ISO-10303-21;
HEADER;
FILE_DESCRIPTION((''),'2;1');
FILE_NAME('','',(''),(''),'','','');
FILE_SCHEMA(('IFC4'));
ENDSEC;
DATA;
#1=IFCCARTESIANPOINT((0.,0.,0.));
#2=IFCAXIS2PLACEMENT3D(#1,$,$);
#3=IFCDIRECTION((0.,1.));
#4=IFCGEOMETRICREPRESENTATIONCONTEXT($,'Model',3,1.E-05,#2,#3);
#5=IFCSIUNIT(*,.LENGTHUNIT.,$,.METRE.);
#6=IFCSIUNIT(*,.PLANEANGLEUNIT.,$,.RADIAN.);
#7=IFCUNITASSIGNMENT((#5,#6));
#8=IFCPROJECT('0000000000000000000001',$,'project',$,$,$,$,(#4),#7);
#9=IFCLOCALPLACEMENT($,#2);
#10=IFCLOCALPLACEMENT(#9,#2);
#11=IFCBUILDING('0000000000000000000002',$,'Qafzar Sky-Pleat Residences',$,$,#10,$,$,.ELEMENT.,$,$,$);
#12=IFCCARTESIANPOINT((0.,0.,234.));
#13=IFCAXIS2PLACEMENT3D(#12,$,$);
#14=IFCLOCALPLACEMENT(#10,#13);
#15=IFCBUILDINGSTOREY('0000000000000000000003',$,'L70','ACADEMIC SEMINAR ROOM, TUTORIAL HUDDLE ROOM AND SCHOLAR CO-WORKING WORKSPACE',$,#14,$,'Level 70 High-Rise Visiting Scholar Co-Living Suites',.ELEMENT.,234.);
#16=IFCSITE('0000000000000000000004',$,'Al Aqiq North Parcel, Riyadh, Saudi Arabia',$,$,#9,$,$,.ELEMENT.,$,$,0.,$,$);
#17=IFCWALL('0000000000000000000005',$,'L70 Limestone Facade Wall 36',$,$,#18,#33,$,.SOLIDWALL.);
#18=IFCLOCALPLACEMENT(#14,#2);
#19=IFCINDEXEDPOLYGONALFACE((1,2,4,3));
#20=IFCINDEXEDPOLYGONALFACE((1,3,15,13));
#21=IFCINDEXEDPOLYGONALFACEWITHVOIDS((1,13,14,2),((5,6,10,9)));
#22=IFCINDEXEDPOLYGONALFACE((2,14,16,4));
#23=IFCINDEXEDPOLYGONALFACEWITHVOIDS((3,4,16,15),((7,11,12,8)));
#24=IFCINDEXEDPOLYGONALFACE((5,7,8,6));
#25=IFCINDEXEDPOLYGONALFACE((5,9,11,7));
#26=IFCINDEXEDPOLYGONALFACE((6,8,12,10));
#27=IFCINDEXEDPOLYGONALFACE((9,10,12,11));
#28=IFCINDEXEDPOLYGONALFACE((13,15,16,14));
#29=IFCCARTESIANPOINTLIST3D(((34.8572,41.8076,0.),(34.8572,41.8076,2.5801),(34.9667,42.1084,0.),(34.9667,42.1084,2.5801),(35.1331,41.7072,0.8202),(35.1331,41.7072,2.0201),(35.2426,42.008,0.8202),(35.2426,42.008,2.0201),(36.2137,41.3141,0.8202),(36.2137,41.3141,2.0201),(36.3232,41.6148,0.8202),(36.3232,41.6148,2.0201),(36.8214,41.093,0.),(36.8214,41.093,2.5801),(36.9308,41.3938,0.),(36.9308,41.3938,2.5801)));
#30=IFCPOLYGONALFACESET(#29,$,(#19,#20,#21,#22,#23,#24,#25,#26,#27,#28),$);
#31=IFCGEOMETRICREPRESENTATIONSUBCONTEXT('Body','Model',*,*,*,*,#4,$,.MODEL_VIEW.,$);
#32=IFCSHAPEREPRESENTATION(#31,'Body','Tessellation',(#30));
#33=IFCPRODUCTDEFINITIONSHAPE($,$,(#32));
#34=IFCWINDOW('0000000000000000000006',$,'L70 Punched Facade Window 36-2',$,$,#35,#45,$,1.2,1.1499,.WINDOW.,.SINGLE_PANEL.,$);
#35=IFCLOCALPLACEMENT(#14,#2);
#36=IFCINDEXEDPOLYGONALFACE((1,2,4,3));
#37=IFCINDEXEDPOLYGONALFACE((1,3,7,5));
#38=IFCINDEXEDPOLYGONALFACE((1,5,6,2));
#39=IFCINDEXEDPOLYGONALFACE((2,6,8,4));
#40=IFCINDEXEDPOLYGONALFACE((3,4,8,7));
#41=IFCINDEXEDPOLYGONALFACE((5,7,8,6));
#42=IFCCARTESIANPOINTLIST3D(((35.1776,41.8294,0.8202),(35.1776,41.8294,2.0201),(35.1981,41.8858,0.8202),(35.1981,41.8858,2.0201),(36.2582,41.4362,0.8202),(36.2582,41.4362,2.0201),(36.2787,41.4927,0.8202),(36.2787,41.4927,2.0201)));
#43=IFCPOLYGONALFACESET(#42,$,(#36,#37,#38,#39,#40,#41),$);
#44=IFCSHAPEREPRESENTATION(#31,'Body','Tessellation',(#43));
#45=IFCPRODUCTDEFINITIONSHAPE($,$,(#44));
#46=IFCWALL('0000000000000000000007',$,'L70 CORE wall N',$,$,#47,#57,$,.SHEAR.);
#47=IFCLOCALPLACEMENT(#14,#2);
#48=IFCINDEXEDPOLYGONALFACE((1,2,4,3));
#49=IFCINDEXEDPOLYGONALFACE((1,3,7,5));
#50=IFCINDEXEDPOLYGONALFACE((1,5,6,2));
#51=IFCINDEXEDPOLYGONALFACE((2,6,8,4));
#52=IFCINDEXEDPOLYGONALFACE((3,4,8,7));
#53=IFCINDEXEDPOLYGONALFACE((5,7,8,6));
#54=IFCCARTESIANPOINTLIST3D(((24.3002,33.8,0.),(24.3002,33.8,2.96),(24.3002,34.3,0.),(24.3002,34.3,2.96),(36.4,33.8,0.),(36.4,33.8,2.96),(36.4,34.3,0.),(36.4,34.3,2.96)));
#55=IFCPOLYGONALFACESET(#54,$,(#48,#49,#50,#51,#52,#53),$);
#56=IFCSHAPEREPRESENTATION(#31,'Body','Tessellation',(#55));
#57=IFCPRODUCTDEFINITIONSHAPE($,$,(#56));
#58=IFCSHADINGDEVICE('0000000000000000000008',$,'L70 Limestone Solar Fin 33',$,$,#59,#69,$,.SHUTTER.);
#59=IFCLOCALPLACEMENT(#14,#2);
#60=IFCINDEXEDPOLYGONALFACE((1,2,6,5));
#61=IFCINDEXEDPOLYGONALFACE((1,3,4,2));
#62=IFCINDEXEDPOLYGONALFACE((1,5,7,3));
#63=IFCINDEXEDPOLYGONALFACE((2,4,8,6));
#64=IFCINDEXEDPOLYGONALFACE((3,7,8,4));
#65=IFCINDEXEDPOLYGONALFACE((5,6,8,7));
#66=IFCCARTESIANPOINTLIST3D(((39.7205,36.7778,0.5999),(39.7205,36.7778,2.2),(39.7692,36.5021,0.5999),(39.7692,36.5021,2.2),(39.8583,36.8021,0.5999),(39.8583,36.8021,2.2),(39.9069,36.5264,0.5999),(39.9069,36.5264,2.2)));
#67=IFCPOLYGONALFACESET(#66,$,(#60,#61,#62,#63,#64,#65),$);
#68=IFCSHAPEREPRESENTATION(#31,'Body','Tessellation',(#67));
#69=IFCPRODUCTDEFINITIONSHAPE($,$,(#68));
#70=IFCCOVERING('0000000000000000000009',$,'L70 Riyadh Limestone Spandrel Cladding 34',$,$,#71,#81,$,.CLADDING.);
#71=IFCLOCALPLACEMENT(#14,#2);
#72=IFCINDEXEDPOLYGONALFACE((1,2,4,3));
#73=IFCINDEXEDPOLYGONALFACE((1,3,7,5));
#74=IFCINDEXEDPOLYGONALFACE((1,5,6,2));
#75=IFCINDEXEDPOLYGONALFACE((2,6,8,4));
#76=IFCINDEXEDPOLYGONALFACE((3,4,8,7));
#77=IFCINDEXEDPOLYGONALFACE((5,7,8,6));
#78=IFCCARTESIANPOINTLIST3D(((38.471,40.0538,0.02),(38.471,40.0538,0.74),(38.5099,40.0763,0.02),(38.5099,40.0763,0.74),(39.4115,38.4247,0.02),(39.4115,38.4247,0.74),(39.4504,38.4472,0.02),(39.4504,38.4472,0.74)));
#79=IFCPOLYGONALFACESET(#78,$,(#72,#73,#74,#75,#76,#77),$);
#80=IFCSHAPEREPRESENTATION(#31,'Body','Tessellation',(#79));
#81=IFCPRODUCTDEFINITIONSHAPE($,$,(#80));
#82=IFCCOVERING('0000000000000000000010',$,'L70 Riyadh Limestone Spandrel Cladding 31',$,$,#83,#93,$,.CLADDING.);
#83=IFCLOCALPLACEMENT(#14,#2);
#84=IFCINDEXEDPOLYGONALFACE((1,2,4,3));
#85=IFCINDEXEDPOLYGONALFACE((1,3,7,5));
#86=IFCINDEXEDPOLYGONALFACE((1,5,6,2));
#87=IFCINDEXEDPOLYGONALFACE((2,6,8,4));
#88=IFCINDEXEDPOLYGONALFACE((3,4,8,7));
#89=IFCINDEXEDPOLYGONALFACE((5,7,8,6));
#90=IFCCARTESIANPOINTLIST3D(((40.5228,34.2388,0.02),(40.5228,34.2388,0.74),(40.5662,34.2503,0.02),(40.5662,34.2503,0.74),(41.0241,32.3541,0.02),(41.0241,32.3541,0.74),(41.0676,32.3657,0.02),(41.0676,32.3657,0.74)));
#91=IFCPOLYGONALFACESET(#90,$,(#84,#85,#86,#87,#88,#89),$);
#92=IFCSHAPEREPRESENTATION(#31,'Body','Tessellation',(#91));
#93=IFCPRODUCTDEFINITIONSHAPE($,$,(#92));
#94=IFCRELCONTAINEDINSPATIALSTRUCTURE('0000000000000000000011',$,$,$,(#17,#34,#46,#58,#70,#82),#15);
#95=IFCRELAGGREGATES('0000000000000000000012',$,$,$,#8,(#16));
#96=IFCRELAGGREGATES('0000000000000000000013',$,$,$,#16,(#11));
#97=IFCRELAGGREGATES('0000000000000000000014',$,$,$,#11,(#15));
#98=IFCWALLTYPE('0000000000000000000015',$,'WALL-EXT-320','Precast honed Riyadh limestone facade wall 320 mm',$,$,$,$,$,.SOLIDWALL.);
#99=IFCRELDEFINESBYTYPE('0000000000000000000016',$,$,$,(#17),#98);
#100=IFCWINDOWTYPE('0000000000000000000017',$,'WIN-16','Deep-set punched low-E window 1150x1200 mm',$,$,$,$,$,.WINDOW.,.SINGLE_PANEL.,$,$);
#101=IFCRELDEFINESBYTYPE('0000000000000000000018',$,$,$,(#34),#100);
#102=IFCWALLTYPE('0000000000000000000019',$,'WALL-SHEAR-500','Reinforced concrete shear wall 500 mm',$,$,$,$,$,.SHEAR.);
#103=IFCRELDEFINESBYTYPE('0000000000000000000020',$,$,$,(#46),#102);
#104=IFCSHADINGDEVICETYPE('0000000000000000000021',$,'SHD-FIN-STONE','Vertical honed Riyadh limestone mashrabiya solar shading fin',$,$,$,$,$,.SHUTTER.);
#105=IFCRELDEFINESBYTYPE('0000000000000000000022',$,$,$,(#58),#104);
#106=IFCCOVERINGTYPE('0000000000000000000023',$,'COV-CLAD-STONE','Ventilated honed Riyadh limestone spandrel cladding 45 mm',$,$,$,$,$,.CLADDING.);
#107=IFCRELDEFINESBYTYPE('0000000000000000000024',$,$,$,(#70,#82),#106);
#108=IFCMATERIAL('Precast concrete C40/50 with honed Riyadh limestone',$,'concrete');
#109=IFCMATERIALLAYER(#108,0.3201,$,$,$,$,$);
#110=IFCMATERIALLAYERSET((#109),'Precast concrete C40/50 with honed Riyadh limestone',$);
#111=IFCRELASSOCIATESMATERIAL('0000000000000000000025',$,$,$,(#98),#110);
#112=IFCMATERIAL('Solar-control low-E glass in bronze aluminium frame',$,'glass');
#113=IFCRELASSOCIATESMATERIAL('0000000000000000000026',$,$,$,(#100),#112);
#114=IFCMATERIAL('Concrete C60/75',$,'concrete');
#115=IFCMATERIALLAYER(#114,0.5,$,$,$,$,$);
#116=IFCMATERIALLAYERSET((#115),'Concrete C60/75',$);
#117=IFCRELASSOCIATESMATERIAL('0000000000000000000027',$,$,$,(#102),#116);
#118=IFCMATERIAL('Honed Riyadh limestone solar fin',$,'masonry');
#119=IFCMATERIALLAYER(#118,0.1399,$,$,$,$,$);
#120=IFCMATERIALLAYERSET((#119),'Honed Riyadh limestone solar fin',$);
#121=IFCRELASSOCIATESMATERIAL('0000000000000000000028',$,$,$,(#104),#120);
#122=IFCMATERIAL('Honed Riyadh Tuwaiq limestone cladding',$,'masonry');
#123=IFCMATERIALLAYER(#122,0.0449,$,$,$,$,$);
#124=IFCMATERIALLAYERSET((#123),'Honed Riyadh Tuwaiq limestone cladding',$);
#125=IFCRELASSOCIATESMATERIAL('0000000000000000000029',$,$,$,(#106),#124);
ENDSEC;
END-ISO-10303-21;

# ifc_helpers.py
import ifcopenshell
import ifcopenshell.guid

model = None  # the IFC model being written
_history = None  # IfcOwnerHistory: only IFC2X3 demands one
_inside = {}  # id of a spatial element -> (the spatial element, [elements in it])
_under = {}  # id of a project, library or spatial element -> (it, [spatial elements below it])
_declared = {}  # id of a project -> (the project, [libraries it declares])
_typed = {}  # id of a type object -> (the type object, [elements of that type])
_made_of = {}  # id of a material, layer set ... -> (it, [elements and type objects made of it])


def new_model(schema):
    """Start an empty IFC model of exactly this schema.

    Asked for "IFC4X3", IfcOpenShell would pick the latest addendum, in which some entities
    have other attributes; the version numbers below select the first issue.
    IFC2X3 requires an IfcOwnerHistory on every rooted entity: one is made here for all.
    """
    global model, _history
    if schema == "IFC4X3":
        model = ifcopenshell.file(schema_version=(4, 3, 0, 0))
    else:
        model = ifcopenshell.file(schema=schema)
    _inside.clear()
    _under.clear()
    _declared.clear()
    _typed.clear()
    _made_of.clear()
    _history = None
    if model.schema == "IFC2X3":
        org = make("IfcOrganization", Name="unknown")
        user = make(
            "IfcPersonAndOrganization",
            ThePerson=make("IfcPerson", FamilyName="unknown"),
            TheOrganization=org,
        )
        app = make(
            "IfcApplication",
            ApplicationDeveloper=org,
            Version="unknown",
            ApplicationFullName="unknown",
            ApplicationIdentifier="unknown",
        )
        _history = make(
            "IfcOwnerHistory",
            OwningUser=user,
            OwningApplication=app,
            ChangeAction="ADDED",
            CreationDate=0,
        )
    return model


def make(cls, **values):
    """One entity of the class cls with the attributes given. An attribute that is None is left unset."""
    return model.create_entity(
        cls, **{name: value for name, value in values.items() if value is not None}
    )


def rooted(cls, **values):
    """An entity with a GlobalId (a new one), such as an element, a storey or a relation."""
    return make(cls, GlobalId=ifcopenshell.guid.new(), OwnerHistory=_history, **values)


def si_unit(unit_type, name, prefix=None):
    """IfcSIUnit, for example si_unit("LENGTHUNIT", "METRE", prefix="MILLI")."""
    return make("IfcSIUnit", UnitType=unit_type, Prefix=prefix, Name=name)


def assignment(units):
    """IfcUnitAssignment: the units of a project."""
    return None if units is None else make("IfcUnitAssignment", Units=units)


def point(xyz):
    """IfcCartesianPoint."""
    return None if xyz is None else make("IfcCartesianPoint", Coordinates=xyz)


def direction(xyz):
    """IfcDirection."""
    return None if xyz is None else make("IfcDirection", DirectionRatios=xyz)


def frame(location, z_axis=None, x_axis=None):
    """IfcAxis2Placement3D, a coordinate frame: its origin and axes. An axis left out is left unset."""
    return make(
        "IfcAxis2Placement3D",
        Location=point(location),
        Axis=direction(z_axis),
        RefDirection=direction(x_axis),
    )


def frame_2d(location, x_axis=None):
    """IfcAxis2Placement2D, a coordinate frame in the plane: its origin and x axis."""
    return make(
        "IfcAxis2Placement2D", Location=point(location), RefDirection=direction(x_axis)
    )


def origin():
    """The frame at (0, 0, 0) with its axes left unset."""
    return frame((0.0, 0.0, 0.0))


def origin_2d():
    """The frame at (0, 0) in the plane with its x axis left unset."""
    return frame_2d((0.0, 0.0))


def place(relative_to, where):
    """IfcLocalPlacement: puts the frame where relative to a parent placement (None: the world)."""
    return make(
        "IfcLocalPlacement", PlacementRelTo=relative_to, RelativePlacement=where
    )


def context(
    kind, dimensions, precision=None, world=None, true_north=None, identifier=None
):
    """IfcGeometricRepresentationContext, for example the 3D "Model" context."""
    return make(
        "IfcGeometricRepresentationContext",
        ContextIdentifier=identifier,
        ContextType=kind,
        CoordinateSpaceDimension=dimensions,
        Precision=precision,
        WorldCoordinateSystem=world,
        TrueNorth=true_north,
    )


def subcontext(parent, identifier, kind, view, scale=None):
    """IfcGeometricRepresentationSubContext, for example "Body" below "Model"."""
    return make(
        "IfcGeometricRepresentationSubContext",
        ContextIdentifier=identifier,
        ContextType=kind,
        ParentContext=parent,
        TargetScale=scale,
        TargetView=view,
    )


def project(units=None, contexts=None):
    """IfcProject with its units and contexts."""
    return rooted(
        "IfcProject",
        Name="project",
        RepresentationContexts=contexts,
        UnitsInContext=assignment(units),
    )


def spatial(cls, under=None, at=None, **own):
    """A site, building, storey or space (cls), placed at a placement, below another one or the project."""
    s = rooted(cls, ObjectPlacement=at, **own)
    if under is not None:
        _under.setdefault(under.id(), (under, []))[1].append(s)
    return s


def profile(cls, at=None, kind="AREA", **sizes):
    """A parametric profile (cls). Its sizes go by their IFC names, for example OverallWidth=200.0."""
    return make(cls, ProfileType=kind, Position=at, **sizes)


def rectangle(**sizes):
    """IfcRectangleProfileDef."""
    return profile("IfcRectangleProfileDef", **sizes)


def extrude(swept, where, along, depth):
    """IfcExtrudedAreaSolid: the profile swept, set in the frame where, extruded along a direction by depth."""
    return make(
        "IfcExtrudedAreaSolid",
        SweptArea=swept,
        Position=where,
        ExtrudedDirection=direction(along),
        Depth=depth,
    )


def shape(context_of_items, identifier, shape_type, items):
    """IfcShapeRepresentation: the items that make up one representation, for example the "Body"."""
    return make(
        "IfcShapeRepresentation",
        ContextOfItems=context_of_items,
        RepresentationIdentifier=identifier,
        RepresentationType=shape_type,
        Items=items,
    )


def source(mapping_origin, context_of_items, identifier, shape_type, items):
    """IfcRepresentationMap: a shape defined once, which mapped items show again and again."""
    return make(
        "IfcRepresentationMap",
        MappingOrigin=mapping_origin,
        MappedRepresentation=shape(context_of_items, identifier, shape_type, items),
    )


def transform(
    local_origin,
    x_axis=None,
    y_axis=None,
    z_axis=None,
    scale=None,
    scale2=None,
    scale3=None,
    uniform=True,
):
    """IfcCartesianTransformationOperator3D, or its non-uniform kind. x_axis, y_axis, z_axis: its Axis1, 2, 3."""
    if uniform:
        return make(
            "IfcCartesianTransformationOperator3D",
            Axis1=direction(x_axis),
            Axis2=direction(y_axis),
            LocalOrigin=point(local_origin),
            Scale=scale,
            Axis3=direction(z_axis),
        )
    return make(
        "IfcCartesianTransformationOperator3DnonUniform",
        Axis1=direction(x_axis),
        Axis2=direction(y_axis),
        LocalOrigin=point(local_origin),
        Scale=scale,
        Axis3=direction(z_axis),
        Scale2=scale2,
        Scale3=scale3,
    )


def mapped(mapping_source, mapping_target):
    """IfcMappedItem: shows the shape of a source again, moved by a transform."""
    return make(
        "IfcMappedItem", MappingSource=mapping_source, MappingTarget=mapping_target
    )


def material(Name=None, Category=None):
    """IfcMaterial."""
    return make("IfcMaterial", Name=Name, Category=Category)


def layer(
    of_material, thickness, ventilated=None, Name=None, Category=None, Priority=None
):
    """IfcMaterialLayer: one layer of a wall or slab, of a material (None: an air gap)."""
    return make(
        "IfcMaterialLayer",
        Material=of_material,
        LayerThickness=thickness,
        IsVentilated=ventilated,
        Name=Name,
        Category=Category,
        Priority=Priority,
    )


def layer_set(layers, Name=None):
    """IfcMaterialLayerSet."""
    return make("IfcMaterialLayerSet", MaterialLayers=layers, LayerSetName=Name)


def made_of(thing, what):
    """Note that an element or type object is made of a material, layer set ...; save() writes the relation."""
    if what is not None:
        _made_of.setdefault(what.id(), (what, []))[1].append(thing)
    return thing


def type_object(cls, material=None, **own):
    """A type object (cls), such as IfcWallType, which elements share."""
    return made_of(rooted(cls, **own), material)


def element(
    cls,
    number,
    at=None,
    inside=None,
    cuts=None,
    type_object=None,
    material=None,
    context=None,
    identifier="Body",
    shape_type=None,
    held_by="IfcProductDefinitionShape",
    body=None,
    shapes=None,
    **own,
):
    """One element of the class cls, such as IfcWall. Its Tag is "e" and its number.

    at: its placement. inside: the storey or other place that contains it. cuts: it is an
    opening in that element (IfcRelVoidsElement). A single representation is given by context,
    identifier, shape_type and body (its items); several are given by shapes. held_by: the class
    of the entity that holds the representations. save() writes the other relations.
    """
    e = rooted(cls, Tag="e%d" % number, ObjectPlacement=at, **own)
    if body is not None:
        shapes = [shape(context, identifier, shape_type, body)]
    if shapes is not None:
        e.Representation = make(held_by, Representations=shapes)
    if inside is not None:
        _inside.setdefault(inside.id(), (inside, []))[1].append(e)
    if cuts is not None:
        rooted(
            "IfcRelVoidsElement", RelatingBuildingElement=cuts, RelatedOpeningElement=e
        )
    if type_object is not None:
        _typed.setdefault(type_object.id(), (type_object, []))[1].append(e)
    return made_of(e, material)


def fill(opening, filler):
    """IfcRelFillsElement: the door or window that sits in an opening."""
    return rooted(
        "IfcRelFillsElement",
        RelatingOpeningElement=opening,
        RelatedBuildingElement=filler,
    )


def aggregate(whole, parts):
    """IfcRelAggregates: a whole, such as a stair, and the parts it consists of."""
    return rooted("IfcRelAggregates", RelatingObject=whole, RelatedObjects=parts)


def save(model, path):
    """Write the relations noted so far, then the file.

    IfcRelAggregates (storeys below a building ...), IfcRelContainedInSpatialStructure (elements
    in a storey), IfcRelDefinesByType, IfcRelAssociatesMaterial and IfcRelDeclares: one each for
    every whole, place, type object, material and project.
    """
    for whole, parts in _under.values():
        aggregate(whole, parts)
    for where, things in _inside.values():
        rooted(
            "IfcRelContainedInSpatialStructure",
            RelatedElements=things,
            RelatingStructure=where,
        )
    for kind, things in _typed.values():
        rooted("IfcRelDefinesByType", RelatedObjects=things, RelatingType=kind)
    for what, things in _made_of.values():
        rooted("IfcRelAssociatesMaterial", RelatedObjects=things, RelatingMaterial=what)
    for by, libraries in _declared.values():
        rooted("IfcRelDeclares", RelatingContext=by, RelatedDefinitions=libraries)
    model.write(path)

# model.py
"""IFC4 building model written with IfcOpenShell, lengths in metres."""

from ifc_helpers import new_model, si_unit, direction, frame, frame_2d, origin, origin_2d, place, context, subcontext, project, spatial, rectangle, extrude, source, transform, mapped, material, layer, layer_set, type_object, element, fill, save


model = new_model("IFC4")

# Units and contexts
model_context = context("Model", 3, precision=1e-05, world=origin(), true_north=direction((0.0, 1.0)))
body_context = subcontext(model_context, "Body", "Model", "MODEL_VIEW")
ifc_project = project(units=[si_unit("LENGTHUNIT", "METRE"), si_unit("PLANEANGLEUNIT", "RADIAN")], contexts=[model_context])

# Site, building, storey
site_placement = place(None, origin())
site = spatial("IfcSite", under=ifc_project, at=site_placement, Name="Al Aqiq North Parcel, Riyadh, Saudi Arabia", CompositionType="ELEMENT", RefElevation=0.0)
building_placement = place(site_placement, origin())
building = spatial("IfcBuilding", under=site, at=building_placement, Name="Qafzar Sky-Pleat Residences", CompositionType="ELEMENT")
storey_placement = place(building_placement, frame((0.0, 0.0, 234.0)))
storey = spatial("IfcBuildingStorey", under=building, at=storey_placement, Name="L70", Description="ACADEMIC SEMINAR ROOM, TUTORIAL HUDDLE ROOM AND SCHOLAR CO-WORKING WORKSPACE", LongName="Level 70 High-Rise Visiting Scholar Co-Living Suites", CompositionType="ELEMENT", Elevation=234.0)

# Wall, opening, window
ifc_material_1 = material(Name="Precast concrete C40/50 with honed Riyadh limestone", Category="concrete")
ifc_layer_1 = layer(ifc_material_1, 0.3201)
ifc_layer_set_1 = layer_set([ifc_layer_1], Name="Precast concrete C40/50 with honed Riyadh limestone")
wall_type_1 = type_object("IfcWallType", Name="WALL-EXT-320", Description="Precast honed Riyadh limestone facade wall 320 mm", PredefinedType="SOLIDWALL", material=ifc_layer_set_1)
ifc_material_2 = material(Name="Solar-control low-E glass in bronze aluminium frame", Category="glass")
wall_1_placement = place(storey_placement, frame((36.876, 41.2434, 0.0), z_axis=(0.0, 0.0, 1.0), x_axis=(-0.939735, 0.341902, 0.0)))
wall_1 = element("IfcWall", 1, at=wall_1_placement, inside=storey, type_object=wall_type_1, Name="L70 Limestone Facade Wall 36", PredefinedType="SOLIDWALL", context=body_context, shape_type="SweptSolid", body=[
    extrude(rectangle(XDim=2.0901, YDim=0.3201, at=frame_2d((1.0449, 0.0))), origin(), (0.0, 0.0, 1.0), 2.5801),
])
opening_1_placement = place(wall_1_placement, frame((0.6465, 0.0, 0.8201)))
opening_1 = element("IfcOpeningElement", 2, at=opening_1_placement, cuts=wall_1, PredefinedType="OPENING", context=body_context, shape_type="SweptSolid", body=[
    extrude(rectangle(XDim=1.1499, YDim=1.2, at=frame_2d((0.575, 0.6001))), frame((0.0, 0.1699, 0.0), z_axis=(0.0, -1.0, 0.0), x_axis=(1.0, 0.0, 0.0)), (0.0, 0.0, 1.0), 0.3401),
])
window_type_1 = type_object("IfcWindowType", Name="WIN-16", Description="Deep-set punched low-E window 1150x1200 mm", PartitioningType="SINGLE_PANEL", PredefinedType="WINDOW", material=ifc_material_2)
shared_shape_1 = source(origin(), body_context, "Body", "SweptSolid", [
    extrude(rectangle(XDim=1.1499, YDim=1.2, at=frame_2d((0.575, 0.6001))), frame((0.0, 0.03, 0.0), z_axis=(0.0, -1.0, 0.0), x_axis=(1.0, 0.0, 0.0)), (0.0, 0.0, 1.0), 0.0601),
])
window_1_placement = place(opening_1_placement, origin())
window_1 = element("IfcWindow", 3, at=window_1_placement, inside=storey, type_object=window_type_1, Name="L70 Punched Facade Window 36-2", OverallHeight=1.2, OverallWidth=1.1499, PartitioningType="SINGLE_PANEL", PredefinedType="WINDOW", context=body_context, shape_type="MappedRepresentation", body=[
    mapped(shared_shape_1, transform((0.0, 0.0, 0.0), x_axis=(1.0, 0.0, 0.0), y_axis=(0.0, 1.0, 0.0), z_axis=(0.0, 0.0, 1.0), scale=1.0)),
])
fill(opening_1, window_1)

# Wall
ifc_material_3 = material(Name="Concrete C60/75", Category="concrete")
ifc_layer_2 = layer(ifc_material_3, 0.5)
ifc_layer_set_2 = layer_set([ifc_layer_2], Name="Concrete C60/75")
wall_type_2 = type_object("IfcWallType", Name="WALL-SHEAR-500", Description="Reinforced concrete shear wall 500 mm", PredefinedType="SHEAR", material=ifc_layer_set_2)
wall_2_placement = place(storey_placement, frame((36.3999, 34.05, 0.0), z_axis=(0.0, 0.0, 1.0), x_axis=(-1.0, 0.0, 0.0)))
element("IfcWall", 4, at=wall_2_placement, inside=storey, type_object=wall_type_2, Name="L70 CORE wall N", PredefinedType="SHEAR", context=body_context, shape_type="SweptSolid", body=[
    extrude(rectangle(XDim=12.0999, YDim=0.5, at=frame_2d((6.0498, 0.0))), origin(), (0.0, 0.0, 1.0), 2.96),
])

# Shading device
ifc_material_4 = material(Name="Honed Riyadh limestone solar fin", Category="masonry")
ifc_layer_3 = layer(ifc_material_4, 0.1399)
ifc_layer_set_3 = layer_set([ifc_layer_3], Name="Honed Riyadh limestone solar fin")
shading_device_type = type_object("IfcShadingDeviceType", Name="SHD-FIN-STONE", Description="Vertical honed Riyadh limestone mashrabiya solar shading fin", PredefinedType="SHUTTER", material=ifc_layer_set_3)
shared_shape_2 = source(origin(), body_context, "Body", "SweptSolid", [
    extrude(rectangle(XDim=0.1399, YDim=0.28, at=origin_2d()), origin(), (0.0, 0.0, 1.0), 1.6001),
])
shading_device_placement = place(storey_placement, frame((39.8137, 36.6521, 0.5999), z_axis=(0.0, 0.0, 1.0), x_axis=(0.984808, 0.173649, 0.0)))
element("IfcShadingDevice", 5, at=shading_device_placement, inside=storey, type_object=shading_device_type, Name="L70 Limestone Solar Fin 33", PredefinedType="SHUTTER", context=body_context, shape_type="MappedRepresentation", body=[
    mapped(shared_shape_2, transform((0.0, 0.0, 0.0), x_axis=(1.0, 0.0, 0.0), y_axis=(0.0, 1.0, 0.0), z_axis=(0.0, 0.0, 1.0), scale=1.0)),
])

# Coverings
ifc_material_5 = material(Name="Honed Riyadh Tuwaiq limestone cladding", Category="masonry")
ifc_layer_4 = layer(ifc_material_5, 0.0449)
ifc_layer_set_4 = layer_set([ifc_layer_4], Name="Honed Riyadh Tuwaiq limestone cladding")
covering_type = type_object("IfcCoveringType", Name="COV-CLAD-STONE", Description="Ventilated honed Riyadh limestone spandrel cladding 45 mm", PredefinedType="CLADDING", material=ifc_layer_set_4)
shared_shape_3 = source(origin(), body_context, "Body", "SweptSolid", [
    extrude(rectangle(XDim=1.8811, YDim=0.0449, at=origin_2d()), origin(), (0.0, 0.0, 1.0), 0.72),
])
covering_1_placement = place(storey_placement, frame((38.9607, 39.2505, 0.02), z_axis=(0.0, 0.0, 1.0), x_axis=(-0.499993, 0.866029, 0.0)))
element("IfcCovering", 6, at=covering_1_placement, inside=storey, type_object=covering_type, Name="L70 Riyadh Limestone Spandrel Cladding 34", PredefinedType="CLADDING", context=body_context, shape_type="MappedRepresentation", body=[
    mapped(shared_shape_3, transform((0.0, 0.0, 0.0), x_axis=(1.0, 0.0, 0.0), y_axis=(0.0, 1.0, 0.0), z_axis=(0.0, 0.0, 1.0), scale=1.0)),
])
shared_shape_4 = source(origin(), body_context, "Body", "SweptSolid", [
    extrude(rectangle(XDim=1.9502, YDim=0.0449, at=origin_2d()), origin(), (0.0, 0.0, 1.0), 0.72),
])
covering_2_placement = place(storey_placement, frame((40.7952, 33.3022, 0.02), z_axis=(0.0, 0.0, 1.0), x_axis=(-0.257091, 0.966387, 0.0)))
element("IfcCovering", 7, at=covering_2_placement, inside=storey, type_object=covering_type, Name="L70 Riyadh Limestone Spandrel Cladding 31", PredefinedType="CLADDING", context=body_context, shape_type="MappedRepresentation", body=[
    mapped(shared_shape_4, transform((0.0, 0.0, 0.0), x_axis=(1.0, 0.0, 0.0), y_axis=(0.0, 1.0, 0.0), z_axis=(0.0, 0.0, 1.0), scale=1.0)),
])

save(model, "model.ifc")
